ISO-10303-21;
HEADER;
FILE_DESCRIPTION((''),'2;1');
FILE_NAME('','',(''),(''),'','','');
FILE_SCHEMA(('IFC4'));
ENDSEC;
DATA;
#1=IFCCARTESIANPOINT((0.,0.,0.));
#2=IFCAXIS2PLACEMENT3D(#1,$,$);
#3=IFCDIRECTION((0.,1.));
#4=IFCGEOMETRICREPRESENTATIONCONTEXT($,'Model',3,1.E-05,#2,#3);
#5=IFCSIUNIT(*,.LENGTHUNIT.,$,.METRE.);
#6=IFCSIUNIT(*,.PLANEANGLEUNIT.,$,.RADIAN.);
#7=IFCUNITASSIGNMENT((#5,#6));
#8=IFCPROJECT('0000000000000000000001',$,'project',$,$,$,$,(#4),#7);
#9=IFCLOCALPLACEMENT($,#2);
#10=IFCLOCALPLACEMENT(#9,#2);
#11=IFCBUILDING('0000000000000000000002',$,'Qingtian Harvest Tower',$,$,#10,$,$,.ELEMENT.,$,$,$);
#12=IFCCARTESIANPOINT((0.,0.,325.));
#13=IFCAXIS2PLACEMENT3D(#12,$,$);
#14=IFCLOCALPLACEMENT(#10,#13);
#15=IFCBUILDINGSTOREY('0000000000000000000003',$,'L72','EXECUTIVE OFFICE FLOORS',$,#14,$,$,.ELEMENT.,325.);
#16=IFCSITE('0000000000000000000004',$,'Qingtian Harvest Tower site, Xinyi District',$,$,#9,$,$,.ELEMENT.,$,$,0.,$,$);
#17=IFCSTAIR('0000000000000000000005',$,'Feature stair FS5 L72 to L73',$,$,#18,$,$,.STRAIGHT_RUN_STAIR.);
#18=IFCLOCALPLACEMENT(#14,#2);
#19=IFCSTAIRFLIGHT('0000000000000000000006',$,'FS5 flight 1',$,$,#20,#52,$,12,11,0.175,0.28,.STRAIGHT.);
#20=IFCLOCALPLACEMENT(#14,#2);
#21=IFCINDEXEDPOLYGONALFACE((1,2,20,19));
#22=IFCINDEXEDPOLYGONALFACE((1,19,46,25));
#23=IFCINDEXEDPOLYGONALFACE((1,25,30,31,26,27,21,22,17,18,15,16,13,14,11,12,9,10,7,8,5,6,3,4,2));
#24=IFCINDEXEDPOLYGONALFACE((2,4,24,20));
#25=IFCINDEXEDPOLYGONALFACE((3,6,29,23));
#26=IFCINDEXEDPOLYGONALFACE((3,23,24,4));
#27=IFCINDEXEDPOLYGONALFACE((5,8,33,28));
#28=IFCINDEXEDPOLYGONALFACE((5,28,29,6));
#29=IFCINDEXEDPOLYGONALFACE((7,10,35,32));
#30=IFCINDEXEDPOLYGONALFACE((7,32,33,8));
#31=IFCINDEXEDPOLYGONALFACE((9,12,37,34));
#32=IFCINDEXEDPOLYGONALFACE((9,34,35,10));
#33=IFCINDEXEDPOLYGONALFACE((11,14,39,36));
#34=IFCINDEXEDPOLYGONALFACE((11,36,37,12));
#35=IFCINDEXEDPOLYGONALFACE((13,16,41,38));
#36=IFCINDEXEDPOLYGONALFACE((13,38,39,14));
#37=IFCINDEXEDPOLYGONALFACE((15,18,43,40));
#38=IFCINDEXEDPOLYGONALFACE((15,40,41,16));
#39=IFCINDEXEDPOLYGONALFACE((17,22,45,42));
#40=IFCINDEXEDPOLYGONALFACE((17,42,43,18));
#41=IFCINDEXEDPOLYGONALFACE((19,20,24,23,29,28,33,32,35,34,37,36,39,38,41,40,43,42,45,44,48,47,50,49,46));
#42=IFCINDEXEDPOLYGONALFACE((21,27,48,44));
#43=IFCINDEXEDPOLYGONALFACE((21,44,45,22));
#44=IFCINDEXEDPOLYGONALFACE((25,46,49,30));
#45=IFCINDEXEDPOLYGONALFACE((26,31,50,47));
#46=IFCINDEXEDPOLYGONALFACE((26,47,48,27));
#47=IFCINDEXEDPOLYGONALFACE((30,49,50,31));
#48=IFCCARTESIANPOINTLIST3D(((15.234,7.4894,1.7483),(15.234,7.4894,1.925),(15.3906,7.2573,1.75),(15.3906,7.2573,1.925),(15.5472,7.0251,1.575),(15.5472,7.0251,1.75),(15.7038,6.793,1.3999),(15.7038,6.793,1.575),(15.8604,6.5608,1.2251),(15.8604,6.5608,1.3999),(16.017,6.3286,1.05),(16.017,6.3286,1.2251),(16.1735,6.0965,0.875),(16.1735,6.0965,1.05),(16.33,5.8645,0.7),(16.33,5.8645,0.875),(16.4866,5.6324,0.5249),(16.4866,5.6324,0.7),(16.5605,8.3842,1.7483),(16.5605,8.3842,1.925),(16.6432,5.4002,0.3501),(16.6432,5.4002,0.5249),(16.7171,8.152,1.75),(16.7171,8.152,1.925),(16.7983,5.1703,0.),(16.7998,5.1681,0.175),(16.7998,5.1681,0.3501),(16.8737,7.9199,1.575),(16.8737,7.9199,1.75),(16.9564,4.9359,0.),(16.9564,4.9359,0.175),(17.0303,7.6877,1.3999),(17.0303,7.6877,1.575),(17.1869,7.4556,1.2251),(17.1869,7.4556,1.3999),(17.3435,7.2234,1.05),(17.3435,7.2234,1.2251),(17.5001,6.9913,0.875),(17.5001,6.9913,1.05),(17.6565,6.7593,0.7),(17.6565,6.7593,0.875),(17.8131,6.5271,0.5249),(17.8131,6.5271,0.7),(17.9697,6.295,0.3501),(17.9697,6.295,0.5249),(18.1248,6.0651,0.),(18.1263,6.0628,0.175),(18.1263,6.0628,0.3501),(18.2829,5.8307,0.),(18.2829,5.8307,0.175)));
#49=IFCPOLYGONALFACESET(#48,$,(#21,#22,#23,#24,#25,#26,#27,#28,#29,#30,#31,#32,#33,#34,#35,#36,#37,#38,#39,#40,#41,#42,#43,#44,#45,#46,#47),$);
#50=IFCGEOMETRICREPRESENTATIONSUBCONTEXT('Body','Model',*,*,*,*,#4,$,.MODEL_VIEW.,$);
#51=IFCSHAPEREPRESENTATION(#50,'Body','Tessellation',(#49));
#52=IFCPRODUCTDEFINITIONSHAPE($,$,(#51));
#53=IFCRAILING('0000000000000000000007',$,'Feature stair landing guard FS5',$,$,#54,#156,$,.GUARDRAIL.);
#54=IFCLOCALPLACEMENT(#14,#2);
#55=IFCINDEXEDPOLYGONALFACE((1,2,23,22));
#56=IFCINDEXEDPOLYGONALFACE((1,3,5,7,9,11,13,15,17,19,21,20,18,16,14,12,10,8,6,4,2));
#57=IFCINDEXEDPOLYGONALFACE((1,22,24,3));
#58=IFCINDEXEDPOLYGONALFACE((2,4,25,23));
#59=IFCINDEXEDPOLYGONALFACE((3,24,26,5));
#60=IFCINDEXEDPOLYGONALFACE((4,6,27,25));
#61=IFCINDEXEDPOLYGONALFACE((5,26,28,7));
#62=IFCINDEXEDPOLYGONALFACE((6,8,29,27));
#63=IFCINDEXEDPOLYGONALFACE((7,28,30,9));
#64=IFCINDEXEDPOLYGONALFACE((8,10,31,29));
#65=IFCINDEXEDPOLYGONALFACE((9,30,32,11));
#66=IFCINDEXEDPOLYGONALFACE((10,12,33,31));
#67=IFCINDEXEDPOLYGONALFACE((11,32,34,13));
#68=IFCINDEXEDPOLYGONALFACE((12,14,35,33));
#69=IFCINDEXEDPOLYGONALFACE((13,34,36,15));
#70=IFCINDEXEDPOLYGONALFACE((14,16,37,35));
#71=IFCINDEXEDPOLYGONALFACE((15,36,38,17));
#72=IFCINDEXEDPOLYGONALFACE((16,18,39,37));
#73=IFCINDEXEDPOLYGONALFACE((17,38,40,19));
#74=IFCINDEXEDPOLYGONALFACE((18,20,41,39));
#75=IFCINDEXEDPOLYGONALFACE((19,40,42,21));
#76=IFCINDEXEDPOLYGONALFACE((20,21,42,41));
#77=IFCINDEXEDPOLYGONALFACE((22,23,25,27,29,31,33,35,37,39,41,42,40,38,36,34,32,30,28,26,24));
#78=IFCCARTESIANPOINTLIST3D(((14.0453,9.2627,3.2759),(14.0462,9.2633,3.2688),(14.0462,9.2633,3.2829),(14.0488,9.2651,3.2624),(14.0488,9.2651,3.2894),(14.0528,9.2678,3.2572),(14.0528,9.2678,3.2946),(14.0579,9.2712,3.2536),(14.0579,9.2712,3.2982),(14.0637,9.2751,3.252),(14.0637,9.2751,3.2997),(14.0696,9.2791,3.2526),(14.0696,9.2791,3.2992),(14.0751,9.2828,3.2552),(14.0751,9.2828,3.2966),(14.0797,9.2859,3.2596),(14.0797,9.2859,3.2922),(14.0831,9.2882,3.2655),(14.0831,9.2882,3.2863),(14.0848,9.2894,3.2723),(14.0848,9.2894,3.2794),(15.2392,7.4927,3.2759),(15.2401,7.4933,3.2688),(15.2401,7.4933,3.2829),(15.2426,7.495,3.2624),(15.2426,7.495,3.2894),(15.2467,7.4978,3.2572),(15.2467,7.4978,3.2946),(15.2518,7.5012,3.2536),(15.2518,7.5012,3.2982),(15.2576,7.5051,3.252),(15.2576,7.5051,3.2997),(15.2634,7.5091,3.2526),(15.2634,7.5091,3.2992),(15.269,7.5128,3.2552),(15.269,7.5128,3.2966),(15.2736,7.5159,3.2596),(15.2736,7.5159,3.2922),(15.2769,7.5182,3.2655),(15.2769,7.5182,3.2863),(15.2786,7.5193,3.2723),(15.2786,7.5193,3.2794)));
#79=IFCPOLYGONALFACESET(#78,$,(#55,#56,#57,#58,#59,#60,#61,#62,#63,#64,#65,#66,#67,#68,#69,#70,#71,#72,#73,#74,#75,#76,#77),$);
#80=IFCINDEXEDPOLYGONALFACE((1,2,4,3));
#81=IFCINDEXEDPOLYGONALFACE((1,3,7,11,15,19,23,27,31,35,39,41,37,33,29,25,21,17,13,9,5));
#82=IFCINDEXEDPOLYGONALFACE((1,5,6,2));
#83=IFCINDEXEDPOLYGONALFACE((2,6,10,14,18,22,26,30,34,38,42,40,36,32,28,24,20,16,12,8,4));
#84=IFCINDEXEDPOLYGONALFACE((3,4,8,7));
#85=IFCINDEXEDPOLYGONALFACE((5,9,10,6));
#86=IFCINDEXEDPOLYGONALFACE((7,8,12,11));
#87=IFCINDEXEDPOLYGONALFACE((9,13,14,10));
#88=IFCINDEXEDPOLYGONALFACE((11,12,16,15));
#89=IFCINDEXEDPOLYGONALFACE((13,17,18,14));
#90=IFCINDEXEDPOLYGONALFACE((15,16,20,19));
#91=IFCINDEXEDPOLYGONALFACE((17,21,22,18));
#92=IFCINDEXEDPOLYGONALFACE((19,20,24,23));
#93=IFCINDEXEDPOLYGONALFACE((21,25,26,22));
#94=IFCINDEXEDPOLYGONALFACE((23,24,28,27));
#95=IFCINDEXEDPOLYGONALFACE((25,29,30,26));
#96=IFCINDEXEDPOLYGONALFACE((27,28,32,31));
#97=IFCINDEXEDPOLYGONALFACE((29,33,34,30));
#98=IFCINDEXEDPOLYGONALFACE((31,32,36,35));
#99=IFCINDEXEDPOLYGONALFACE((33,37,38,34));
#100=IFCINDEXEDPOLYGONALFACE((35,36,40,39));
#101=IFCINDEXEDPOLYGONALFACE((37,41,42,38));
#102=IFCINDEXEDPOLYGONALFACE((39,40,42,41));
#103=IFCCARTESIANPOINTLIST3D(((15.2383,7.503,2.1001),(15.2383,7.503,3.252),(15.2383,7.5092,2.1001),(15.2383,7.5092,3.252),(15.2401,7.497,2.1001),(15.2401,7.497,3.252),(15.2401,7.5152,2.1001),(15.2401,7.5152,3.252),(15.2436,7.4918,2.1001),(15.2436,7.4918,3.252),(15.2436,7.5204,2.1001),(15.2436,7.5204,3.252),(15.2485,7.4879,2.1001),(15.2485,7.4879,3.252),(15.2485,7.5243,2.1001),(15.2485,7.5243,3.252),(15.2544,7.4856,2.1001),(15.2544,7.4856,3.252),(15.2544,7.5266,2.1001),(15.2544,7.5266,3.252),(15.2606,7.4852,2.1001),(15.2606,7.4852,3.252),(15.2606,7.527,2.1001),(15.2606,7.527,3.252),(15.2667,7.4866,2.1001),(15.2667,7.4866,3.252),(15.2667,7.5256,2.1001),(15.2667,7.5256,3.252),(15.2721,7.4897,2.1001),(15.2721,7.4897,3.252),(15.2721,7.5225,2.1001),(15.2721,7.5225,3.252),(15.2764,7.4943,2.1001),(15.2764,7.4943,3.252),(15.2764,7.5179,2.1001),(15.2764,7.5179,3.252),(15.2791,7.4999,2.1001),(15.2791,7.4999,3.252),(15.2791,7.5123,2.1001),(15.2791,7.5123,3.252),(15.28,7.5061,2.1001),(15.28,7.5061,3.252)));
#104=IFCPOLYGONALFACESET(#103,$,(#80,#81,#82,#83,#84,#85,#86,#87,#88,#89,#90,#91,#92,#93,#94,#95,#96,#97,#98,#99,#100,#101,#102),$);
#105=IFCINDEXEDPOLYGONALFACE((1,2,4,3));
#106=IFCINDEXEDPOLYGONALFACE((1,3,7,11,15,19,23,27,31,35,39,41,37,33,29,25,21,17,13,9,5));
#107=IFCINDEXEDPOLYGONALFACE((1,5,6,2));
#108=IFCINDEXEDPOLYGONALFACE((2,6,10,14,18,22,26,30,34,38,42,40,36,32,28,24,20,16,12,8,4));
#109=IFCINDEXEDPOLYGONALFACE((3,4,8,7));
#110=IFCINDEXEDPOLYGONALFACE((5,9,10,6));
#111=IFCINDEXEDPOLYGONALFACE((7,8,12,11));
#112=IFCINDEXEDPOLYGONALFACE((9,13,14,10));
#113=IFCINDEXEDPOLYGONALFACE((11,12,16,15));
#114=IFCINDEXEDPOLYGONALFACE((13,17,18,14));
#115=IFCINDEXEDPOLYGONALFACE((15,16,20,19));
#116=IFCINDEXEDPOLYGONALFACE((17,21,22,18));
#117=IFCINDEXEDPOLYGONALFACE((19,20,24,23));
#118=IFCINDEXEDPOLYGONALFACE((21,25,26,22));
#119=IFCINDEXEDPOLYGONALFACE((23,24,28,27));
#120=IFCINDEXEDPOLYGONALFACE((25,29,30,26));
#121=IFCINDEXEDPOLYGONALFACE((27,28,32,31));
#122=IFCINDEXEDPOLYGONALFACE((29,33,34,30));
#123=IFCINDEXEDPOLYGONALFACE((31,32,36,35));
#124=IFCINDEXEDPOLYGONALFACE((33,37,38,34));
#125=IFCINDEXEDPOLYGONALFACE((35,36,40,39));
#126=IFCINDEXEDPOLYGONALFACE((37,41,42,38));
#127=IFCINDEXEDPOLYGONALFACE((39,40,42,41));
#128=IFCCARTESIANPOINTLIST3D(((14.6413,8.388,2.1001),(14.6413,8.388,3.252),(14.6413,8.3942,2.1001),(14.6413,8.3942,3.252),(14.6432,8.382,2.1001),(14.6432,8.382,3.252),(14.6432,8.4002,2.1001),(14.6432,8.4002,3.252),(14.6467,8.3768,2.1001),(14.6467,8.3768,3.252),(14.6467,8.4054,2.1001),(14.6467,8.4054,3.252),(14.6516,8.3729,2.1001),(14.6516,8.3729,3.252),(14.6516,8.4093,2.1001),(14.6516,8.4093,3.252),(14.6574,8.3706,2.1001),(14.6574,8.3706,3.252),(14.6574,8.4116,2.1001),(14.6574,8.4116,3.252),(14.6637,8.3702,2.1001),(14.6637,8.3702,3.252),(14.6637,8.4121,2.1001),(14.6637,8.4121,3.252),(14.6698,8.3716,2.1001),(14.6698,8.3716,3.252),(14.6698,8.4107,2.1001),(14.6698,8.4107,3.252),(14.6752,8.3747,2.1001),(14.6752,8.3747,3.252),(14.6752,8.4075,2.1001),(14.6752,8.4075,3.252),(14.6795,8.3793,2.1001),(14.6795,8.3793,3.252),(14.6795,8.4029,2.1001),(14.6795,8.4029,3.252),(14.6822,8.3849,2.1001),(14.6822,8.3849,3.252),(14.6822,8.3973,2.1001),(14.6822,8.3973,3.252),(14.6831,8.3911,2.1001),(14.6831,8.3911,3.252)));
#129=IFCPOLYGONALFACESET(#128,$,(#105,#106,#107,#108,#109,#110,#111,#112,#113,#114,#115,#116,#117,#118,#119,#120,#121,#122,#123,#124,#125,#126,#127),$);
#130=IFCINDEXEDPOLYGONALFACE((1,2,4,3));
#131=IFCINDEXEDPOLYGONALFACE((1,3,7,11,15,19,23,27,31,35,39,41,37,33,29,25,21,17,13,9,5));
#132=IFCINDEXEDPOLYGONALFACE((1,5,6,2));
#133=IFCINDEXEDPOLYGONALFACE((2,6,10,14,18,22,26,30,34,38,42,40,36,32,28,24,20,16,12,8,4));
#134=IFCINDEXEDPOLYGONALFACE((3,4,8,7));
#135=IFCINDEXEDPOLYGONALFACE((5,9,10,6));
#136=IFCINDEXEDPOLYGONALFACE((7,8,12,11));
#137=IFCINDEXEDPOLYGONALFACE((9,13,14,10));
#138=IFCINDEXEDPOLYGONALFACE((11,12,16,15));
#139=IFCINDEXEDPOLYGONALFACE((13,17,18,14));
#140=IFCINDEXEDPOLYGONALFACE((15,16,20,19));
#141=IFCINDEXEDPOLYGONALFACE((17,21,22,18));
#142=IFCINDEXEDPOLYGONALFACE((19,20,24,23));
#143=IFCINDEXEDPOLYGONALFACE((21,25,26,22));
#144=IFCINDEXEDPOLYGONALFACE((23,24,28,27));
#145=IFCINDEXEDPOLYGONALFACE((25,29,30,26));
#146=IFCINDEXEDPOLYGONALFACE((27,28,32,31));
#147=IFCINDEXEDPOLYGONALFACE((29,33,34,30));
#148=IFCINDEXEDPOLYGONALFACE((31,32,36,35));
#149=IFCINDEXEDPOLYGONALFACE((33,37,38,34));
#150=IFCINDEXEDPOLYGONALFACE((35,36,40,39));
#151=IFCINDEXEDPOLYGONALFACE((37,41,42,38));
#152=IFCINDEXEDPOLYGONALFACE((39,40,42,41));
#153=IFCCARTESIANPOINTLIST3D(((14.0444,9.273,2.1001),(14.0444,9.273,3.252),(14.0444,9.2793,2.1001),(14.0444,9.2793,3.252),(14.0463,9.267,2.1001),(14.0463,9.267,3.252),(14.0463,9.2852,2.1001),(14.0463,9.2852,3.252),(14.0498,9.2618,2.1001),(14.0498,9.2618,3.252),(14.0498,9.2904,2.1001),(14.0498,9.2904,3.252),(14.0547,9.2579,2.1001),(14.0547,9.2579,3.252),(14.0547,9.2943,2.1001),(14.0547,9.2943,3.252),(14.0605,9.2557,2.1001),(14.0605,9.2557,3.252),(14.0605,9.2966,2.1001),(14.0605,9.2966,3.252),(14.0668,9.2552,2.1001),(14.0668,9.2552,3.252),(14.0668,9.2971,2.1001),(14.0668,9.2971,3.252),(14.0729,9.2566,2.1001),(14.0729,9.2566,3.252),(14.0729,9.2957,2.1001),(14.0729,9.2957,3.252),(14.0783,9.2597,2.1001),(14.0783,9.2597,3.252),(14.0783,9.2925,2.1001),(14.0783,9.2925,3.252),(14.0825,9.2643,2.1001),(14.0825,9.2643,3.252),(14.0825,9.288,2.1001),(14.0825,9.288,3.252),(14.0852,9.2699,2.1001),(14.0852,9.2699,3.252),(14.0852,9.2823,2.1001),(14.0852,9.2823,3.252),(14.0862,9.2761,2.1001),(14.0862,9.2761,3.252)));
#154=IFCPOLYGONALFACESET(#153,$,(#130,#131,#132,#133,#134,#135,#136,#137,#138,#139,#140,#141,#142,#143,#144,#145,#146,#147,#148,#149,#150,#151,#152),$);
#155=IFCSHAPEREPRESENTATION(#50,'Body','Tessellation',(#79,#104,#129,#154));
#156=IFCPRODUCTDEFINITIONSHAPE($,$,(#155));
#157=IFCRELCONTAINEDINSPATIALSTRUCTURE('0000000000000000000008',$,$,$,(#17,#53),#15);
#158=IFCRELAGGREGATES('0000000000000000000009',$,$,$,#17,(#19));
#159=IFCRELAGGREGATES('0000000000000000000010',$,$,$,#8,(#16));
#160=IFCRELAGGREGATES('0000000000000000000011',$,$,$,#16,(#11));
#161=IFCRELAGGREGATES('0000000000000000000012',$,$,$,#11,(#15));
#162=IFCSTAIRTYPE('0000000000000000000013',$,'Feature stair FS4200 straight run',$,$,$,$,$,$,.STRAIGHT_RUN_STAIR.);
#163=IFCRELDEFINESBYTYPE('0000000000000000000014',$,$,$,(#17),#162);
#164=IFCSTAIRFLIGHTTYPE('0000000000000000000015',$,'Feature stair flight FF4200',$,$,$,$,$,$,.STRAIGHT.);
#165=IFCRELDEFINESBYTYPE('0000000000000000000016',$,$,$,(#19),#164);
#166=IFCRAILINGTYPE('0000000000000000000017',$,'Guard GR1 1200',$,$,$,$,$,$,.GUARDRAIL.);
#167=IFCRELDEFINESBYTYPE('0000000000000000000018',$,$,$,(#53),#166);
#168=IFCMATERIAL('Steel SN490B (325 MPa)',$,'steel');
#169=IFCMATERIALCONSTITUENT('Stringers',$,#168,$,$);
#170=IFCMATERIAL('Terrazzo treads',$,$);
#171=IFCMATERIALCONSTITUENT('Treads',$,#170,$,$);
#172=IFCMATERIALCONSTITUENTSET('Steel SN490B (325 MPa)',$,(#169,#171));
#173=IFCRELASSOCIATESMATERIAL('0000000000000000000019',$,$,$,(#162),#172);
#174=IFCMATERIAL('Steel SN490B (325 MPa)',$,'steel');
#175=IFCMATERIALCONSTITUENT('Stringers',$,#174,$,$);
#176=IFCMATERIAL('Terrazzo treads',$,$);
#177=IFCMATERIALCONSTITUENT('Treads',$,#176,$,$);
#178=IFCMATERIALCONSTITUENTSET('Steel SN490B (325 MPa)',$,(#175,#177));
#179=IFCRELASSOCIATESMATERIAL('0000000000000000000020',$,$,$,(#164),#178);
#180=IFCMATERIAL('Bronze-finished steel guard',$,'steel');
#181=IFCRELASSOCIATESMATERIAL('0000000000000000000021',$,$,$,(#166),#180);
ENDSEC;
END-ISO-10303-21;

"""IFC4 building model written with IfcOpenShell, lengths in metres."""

from ifc_helpers import new_model, si_unit, direction, frame, origin, origin_2d, place, context, subcontext, project, spatial, polyline, circle, outline, extrude, material, constituent, constituent_set, type_object, element, aggregate, save


model = new_model("IFC4")

# Units and contexts
model_context = context("Model", 3, precision=1e-05, world=origin(), true_north=direction((0.0, 1.0)))
body_context = subcontext(model_context, "Body", "Model", "MODEL_VIEW")
ifc_project = project(units=[si_unit("LENGTHUNIT", "METRE"), si_unit("PLANEANGLEUNIT", "RADIAN")], contexts=[model_context])

# Site, building, storey
site_placement = place(None, origin())
site = spatial("IfcSite", under=ifc_project, at=site_placement, Name="Qingtian Harvest Tower site, Xinyi District", CompositionType="ELEMENT", RefElevation=0.0)
building_placement = place(site_placement, origin())
building = spatial("IfcBuilding", under=site, at=building_placement, Name="Qingtian Harvest Tower", CompositionType="ELEMENT")
storey_placement = place(building_placement, frame((0.0, 0.0, 325.0)))
storey = spatial("IfcBuildingStorey", under=building, at=storey_placement, Name="L72", Description="EXECUTIVE OFFICE FLOORS", CompositionType="ELEMENT", Elevation=325.0)

# Stair, stair flight
ifc_material_1 = material(Name="Steel SN490B (325 MPa)", Category="steel")
ifc_constituent_1 = constituent(ifc_material_1, Name="Stringers")
ifc_material_2 = material(Name="Terrazzo treads")
ifc_constituent_2 = constituent(ifc_material_2, Name="Treads")
ifc_constituent_set_1 = constituent_set(constituents=[ifc_constituent_1, ifc_constituent_2], Name="Steel SN490B (325 MPa)")
stair_type = type_object("IfcStairType", Name="Feature stair FS4200 straight run", PredefinedType="STRAIGHT_RUN_STAIR", material=ifc_constituent_set_1)
stair_placement = place(storey_placement, origin())
stair = element("IfcStair", 1, at=stair_placement, inside=storey, type_object=stair_type, Name="Feature stair FS5 L72 to L73", PredefinedType="STRAIGHT_RUN_STAIR")
ifc_material_3 = material(Name="Steel SN490B (325 MPa)", Category="steel")
ifc_constituent_3 = constituent(ifc_material_3, Name="Stringers")
ifc_material_4 = material(Name="Terrazzo treads")
ifc_constituent_4 = constituent(ifc_material_4, Name="Treads")
ifc_constituent_set_2 = constituent_set(constituents=[ifc_constituent_3, ifc_constituent_4], Name="Steel SN490B (325 MPa)")
stair_flight_type = type_object("IfcStairFlightType", Name="Feature stair flight FF4200", PredefinedType="STRAIGHT", material=ifc_constituent_set_2)
stair_flight_placement = place(storey_placement, frame((17.6196, 5.3833, 0.0), z_axis=(0.0, 0.0, 1.0), x_axis=(-0.559193, 0.829038, 0.0)))
stair_flight = element("IfcStairFlight", 2, at=stair_flight_placement, type_object=stair_flight_type, Name="FS5 flight 1", NumberOfRisers=12, NumberOfTreads=11, PredefinedType="STRAIGHT", RiserHeight=0.175, TreadLength=0.28, context=body_context, shape_type="SweptSolid", body=[
    extrude(outline(polyline([(0.0, 0.0), (0.0, 0.175), (0.28, 0.175), (0.28, 0.3501), (0.5601, 0.3501), (0.5601, 0.5249), (0.8401, 0.5249), (0.8401, 0.7), (1.1201, 0.7), (1.1201, 0.875), (1.3999, 0.875), (1.3999, 1.05), (1.6799, 1.05), (1.6799, 1.2251), (1.96, 1.2251), (1.96, 1.3999), (2.24, 1.3999), (2.24, 1.575), (2.52, 1.575), (2.52, 1.75), (2.8, 1.75), (2.8, 1.925), (3.0801, 1.925), (3.0801, 2.1001), (3.0801, 1.7483), (0.2827, 0.0), (0.0, 0.0)])), frame((0.0, 0.8, 0.0), z_axis=(0.0, -1.0, 0.0), x_axis=(1.0, 0.0, 0.0)), (0.0, 0.0, 1.0), 1.6001),
])
aggregate(stair, [stair_flight])

# Railing
ifc_material_5 = material(Name="Bronze-finished steel guard", Category="steel")
railing_type_1 = type_object("IfcRailingType", Name="Guard GR1 1200", PredefinedType="GUARDRAIL", material=ifc_material_5)
railing_1_placement = place(storey_placement, frame((15.259, 7.5061, 2.1001)))
element("IfcRailing", 3, at=railing_1_placement, inside=storey, type_object=railing_type_1, Name="Feature stair landing guard FS5", PredefinedType="GUARDRAIL", context=body_context, shape_type="SweptSolid", body=[
    extrude(circle(Radius=0.0239, at=origin_2d()), frame((0.0, 0.0, 1.1758), z_axis=(-0.559178, 0.829047, 0.0), x_axis=(-0.829047, -0.559178, 0.0)), (0.0, 0.0, 1.0), 2.135),
    extrude(circle(Radius=0.021, at=origin_2d()), origin(), (0.0, 0.0, 1.0), 1.1519),
    extrude(circle(Radius=0.021, at=origin_2d()), frame((-0.5969, 0.885, 0.0)), (0.0, 0.0, 1.0), 1.1519),
    extrude(circle(Radius=0.021, at=origin_2d()), frame((-1.1938, 1.77, 0.0)), (0.0, 0.0, 1.0), 1.1519),
])

save(model, "model.ifc")
